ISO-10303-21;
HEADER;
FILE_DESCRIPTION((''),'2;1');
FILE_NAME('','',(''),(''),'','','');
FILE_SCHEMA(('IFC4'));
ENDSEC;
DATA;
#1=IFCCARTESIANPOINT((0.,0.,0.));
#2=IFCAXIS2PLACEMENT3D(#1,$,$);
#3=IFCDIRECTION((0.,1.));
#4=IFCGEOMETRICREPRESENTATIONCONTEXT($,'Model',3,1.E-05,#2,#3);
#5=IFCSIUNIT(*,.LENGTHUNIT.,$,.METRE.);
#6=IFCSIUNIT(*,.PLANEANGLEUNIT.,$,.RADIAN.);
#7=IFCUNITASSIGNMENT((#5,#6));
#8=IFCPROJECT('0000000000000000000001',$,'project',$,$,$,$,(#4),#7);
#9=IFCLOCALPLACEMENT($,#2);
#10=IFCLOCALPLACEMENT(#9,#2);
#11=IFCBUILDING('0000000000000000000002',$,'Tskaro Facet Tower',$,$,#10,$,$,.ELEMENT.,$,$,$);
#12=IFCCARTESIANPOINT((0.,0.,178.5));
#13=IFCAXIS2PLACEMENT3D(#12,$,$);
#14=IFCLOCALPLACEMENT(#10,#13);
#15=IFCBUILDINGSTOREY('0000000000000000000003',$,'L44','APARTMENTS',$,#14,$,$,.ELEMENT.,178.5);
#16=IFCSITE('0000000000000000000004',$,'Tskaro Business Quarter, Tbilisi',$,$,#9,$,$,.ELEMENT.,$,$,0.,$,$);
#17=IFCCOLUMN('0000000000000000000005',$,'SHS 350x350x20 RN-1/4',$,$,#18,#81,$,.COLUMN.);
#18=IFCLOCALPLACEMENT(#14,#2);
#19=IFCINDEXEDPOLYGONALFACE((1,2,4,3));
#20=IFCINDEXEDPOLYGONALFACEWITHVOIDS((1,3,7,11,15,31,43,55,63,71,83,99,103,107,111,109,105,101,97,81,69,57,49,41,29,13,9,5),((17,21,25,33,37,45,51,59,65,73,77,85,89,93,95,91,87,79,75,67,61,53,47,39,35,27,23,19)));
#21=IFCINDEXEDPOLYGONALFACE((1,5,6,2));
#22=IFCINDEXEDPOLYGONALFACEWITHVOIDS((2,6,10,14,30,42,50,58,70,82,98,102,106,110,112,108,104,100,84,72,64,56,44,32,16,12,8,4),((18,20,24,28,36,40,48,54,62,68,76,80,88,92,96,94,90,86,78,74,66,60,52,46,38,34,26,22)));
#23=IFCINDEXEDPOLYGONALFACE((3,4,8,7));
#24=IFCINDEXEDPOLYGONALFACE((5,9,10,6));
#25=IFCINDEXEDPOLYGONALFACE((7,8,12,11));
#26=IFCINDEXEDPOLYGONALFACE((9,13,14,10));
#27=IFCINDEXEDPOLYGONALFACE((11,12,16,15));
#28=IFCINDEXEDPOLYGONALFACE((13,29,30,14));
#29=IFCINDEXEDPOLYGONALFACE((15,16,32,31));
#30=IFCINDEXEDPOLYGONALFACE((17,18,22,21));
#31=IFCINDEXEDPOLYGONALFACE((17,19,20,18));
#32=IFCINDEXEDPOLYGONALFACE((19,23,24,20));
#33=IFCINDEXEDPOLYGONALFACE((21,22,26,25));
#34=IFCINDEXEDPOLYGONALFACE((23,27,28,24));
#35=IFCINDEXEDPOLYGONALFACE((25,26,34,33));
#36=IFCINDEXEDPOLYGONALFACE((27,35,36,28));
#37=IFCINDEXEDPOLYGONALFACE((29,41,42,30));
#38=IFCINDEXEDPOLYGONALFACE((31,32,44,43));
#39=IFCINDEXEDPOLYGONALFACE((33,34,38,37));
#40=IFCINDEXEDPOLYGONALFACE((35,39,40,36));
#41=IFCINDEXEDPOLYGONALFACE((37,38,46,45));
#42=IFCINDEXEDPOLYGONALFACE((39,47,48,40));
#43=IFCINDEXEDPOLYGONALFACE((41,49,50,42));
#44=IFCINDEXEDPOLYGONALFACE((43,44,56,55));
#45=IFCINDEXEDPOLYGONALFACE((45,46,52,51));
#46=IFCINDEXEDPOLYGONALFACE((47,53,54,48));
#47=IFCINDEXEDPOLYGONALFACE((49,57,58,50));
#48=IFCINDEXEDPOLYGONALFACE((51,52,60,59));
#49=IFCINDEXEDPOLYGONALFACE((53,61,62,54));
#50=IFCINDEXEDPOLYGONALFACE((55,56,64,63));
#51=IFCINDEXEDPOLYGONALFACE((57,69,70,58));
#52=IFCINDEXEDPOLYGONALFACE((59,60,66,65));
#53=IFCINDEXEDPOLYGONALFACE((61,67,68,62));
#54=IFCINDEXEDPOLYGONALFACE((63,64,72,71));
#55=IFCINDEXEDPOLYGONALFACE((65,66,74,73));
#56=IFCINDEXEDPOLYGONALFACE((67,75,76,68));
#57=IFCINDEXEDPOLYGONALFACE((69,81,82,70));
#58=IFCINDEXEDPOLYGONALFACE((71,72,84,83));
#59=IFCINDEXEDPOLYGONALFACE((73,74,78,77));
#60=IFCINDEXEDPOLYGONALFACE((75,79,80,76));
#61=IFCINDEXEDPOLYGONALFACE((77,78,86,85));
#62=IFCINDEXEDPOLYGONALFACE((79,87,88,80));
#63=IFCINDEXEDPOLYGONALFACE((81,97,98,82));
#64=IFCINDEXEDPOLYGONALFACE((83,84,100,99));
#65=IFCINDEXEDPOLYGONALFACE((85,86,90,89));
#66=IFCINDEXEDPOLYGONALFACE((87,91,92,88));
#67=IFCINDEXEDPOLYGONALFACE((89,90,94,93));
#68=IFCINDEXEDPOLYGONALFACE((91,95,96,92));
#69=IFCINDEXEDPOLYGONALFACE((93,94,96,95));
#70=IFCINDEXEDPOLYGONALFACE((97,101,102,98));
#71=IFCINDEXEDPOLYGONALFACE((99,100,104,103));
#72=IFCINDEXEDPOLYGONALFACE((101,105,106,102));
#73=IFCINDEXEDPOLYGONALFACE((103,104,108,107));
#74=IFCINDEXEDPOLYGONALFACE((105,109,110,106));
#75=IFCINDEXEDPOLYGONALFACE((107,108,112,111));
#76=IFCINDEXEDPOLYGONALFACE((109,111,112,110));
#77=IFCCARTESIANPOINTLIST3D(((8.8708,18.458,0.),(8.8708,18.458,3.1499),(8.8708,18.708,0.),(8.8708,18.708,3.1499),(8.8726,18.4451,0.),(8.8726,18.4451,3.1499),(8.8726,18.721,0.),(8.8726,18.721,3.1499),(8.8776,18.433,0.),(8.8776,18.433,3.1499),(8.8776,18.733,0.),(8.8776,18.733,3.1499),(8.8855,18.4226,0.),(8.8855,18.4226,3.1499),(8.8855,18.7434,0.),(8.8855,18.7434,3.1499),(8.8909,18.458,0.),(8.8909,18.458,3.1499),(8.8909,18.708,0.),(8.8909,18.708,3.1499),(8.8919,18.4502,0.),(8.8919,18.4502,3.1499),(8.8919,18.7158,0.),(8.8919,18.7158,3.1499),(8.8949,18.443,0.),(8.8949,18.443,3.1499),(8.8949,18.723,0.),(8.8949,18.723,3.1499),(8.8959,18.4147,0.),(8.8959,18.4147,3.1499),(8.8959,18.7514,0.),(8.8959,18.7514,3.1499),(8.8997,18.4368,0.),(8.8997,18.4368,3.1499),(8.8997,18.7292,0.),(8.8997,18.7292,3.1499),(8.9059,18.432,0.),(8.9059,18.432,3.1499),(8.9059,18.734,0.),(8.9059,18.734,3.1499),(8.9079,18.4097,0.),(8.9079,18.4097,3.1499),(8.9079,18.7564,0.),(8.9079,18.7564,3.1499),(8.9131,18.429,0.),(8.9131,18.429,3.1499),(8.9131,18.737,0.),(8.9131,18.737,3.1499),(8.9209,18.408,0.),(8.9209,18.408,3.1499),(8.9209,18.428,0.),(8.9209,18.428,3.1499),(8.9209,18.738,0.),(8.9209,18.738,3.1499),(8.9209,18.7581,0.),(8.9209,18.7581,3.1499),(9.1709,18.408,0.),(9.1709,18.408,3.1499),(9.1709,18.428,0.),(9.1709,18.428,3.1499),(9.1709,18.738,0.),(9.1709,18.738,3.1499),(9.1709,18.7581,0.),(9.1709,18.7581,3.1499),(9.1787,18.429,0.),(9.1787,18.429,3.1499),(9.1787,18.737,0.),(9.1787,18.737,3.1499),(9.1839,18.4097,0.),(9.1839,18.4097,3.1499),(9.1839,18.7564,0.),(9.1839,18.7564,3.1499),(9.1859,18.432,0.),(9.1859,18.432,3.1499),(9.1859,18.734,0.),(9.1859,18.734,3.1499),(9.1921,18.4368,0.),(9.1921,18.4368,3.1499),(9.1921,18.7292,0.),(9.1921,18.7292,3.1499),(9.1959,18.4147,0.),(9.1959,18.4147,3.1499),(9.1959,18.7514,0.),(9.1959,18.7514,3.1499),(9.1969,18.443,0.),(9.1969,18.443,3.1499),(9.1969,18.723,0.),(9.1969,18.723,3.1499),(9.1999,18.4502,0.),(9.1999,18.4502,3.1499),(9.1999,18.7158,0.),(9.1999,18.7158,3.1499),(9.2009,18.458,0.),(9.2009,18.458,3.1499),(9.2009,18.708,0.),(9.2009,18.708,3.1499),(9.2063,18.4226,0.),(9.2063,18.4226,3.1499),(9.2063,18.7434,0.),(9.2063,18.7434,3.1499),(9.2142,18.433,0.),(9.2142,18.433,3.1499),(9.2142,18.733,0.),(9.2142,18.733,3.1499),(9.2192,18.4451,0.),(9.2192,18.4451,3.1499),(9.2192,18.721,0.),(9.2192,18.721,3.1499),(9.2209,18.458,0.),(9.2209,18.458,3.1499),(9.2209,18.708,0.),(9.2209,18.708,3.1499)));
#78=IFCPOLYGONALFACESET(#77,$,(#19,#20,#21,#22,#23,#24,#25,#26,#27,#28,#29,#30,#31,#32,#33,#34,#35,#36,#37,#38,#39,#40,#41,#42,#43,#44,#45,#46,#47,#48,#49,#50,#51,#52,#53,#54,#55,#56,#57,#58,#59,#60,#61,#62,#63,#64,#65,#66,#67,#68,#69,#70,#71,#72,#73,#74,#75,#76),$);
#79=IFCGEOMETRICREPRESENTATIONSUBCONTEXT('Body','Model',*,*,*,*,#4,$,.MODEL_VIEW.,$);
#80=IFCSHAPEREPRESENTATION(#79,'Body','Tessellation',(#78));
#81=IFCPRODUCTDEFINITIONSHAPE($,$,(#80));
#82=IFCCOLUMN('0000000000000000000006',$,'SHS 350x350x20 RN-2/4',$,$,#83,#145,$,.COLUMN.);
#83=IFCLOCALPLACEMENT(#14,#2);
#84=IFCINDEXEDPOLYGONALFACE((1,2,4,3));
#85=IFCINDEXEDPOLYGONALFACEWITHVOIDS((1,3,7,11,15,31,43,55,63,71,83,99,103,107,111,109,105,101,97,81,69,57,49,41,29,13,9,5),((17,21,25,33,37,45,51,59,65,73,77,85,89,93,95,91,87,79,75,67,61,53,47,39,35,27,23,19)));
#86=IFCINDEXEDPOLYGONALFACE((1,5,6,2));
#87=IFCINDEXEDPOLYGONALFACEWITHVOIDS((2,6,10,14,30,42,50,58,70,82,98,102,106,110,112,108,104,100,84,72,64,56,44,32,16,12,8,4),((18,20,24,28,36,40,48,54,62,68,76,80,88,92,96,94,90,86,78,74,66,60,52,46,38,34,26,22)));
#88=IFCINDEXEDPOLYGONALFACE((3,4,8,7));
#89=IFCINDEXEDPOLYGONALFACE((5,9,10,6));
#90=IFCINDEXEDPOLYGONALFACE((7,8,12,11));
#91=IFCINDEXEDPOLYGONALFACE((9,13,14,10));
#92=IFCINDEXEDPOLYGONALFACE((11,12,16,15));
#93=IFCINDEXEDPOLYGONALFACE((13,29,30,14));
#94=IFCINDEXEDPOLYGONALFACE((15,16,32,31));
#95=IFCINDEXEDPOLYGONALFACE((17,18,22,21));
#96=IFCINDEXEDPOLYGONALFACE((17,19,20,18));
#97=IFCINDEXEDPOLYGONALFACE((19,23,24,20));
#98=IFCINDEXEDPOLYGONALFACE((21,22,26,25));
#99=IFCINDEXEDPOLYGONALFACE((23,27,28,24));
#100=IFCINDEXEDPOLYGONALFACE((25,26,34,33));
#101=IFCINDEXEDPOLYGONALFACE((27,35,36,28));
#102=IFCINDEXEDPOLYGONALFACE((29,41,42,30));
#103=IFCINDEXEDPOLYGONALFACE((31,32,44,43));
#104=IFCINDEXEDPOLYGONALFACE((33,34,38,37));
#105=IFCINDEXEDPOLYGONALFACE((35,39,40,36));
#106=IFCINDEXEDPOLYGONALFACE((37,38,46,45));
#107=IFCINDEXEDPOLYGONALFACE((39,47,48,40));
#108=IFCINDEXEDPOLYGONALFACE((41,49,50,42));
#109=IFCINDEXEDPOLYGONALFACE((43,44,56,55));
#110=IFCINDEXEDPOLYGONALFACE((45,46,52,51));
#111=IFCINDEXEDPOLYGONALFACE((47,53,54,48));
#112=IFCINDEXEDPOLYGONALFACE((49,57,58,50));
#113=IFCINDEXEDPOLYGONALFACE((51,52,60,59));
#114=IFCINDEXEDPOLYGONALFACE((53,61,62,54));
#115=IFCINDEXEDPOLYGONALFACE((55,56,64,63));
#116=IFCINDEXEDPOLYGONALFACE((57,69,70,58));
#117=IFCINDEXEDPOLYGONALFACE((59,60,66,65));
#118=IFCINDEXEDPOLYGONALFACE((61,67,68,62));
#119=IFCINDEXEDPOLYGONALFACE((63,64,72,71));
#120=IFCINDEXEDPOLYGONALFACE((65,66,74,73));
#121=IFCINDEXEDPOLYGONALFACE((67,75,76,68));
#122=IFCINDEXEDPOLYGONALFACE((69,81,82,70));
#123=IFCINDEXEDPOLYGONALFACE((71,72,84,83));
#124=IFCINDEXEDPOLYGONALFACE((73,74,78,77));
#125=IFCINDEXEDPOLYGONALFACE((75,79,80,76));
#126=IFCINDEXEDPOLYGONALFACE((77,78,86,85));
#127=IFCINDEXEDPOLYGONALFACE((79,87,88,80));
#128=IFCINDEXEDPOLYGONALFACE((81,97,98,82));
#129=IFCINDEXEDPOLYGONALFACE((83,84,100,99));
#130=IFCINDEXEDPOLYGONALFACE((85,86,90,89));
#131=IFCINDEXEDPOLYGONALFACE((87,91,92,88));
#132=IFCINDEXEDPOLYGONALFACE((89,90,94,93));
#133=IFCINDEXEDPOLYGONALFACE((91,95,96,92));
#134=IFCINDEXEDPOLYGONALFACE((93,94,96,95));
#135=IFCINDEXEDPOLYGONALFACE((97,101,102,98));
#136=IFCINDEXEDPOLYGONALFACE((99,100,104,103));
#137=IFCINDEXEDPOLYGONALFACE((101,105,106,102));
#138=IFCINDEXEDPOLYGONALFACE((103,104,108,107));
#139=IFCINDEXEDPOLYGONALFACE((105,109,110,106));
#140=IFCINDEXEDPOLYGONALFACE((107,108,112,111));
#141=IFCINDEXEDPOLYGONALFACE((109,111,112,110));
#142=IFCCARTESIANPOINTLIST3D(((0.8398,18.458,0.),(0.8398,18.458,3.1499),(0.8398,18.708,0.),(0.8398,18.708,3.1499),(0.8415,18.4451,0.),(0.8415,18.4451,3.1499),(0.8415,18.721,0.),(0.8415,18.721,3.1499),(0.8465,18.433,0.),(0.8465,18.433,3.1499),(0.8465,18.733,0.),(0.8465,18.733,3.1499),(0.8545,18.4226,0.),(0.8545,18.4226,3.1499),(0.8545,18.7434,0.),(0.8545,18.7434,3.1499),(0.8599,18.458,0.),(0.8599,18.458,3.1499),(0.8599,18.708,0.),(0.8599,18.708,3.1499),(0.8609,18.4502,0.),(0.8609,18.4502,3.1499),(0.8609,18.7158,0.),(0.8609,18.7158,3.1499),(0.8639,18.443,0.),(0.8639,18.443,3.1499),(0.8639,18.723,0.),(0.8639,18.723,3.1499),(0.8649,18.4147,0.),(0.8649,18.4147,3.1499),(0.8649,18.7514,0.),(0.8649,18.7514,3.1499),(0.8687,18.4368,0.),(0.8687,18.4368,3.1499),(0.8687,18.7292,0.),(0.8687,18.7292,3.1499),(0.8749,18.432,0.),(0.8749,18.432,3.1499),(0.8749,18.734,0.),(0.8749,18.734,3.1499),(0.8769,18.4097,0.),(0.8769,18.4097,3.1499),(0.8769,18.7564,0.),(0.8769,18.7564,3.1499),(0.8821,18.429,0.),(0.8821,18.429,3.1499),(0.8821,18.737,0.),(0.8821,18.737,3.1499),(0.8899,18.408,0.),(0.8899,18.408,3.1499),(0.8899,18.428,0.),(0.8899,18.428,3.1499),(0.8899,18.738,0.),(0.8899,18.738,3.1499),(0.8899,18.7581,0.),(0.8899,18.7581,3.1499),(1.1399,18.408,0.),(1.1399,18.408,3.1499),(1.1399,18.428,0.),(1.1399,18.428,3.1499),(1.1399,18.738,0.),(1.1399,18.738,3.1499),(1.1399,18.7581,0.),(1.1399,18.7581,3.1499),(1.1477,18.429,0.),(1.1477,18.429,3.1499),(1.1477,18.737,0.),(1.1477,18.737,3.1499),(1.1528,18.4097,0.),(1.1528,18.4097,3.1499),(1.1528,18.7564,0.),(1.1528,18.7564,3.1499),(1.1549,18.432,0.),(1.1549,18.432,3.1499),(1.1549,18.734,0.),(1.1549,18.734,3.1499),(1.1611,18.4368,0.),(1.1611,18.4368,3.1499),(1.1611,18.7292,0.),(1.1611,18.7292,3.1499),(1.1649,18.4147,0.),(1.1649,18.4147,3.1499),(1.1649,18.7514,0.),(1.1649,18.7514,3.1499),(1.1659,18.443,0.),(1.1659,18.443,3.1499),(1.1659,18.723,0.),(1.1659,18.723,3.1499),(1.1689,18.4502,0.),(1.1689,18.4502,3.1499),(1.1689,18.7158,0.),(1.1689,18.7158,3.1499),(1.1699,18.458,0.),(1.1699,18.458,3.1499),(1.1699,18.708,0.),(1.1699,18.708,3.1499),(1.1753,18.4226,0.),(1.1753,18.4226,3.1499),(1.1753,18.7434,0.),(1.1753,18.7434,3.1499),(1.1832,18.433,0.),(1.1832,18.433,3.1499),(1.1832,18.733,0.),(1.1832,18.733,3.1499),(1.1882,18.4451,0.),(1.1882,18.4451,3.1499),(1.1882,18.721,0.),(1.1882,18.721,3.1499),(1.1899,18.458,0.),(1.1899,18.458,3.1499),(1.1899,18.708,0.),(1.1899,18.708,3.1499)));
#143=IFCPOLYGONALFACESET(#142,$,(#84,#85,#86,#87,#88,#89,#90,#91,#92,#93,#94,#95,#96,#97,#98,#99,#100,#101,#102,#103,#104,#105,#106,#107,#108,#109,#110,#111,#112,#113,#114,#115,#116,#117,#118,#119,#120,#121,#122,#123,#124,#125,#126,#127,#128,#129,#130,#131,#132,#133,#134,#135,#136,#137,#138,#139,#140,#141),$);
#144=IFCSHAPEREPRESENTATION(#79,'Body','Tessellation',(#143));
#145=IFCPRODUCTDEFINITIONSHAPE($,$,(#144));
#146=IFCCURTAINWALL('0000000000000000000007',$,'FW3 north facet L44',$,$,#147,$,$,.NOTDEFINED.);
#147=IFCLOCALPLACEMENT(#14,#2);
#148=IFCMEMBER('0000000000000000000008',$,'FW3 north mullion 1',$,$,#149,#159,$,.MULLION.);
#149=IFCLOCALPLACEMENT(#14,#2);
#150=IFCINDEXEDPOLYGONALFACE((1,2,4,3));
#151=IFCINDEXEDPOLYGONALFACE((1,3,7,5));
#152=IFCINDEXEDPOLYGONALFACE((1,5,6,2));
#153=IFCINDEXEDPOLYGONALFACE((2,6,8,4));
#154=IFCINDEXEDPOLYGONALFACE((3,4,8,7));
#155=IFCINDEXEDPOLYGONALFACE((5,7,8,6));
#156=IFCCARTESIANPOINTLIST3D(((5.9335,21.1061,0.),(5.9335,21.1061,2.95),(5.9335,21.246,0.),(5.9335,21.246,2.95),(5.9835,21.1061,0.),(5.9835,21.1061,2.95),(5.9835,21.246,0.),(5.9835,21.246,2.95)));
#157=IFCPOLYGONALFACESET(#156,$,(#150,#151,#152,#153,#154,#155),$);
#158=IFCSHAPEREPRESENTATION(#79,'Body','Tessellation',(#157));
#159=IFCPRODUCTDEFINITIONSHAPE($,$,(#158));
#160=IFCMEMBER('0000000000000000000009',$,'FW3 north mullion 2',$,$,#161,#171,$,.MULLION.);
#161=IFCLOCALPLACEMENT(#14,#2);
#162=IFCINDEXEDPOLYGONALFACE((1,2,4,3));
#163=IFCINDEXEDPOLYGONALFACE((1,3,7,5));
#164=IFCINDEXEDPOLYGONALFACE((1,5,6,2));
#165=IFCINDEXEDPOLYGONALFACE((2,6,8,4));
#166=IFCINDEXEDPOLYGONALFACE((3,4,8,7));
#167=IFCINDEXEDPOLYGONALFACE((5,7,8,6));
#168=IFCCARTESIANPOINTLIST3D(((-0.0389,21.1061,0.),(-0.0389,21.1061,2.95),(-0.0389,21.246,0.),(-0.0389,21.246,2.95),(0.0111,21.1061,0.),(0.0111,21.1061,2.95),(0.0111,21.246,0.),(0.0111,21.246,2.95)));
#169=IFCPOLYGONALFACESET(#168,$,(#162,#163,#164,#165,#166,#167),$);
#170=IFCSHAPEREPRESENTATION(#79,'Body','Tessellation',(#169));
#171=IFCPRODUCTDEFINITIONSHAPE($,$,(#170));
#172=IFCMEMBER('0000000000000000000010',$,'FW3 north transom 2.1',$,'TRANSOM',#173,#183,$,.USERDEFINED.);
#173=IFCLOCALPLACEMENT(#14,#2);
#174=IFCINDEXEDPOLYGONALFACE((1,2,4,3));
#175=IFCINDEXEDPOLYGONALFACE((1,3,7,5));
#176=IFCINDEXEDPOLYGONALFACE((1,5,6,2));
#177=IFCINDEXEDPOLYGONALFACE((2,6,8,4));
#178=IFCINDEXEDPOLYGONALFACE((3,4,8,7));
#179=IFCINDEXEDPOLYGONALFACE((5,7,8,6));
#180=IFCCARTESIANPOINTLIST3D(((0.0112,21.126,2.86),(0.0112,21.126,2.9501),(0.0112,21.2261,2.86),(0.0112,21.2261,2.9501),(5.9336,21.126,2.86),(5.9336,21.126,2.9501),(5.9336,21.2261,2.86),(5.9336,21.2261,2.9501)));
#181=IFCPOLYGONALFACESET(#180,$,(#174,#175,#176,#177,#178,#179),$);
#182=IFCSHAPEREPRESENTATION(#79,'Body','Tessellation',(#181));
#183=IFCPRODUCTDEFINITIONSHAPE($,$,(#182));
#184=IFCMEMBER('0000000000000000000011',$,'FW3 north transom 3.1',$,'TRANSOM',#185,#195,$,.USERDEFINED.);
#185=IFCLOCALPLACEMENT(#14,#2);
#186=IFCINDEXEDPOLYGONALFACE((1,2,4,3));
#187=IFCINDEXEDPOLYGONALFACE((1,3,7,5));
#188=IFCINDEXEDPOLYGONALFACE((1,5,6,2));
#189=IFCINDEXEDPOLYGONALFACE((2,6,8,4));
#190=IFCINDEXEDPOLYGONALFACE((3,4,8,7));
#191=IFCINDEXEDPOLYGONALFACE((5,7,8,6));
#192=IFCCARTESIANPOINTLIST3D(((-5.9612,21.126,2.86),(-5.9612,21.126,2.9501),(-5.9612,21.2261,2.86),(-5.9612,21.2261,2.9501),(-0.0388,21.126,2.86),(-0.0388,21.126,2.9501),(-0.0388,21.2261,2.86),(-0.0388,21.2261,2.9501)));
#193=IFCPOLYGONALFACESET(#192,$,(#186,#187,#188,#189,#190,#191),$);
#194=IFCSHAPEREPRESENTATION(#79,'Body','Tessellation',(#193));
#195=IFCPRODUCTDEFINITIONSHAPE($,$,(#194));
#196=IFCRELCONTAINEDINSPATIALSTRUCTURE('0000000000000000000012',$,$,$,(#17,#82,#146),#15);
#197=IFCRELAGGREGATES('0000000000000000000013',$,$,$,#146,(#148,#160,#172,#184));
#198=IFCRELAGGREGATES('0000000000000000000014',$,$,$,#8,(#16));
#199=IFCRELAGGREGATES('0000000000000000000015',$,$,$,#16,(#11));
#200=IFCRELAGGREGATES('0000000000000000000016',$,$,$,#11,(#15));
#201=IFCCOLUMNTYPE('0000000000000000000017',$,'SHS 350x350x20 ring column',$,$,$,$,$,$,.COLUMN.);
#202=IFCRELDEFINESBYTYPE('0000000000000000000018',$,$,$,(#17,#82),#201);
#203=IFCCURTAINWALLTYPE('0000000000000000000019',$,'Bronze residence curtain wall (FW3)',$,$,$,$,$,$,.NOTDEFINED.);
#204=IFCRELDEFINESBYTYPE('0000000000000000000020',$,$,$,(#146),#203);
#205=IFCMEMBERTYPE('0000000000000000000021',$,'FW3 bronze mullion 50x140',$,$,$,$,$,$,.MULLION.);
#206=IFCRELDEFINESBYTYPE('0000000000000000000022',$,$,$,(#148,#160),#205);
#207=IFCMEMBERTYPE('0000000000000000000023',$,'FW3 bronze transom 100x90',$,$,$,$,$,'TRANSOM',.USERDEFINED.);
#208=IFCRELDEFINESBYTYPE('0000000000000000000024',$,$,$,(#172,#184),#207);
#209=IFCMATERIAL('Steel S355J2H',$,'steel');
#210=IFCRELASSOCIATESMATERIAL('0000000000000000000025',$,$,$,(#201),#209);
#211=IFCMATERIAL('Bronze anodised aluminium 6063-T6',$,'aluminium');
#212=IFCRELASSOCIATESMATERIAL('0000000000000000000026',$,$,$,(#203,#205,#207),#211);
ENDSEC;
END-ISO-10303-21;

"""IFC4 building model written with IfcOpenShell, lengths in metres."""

from ifc_helpers import new_model, si_unit, direction, frame, origin, origin_2d, place, context, subcontext, project, spatial, rectangle, hollow_rectangle, extrude, material, material_profile, profile_set, type_object, element, aggregate, save


model = new_model("IFC4")

# Units and contexts
model_context = context("Model", 3, precision=1e-05, world=origin(), true_north=direction((0.0, 1.0)))
body_context = subcontext(model_context, "Body", "Model", "MODEL_VIEW")
ifc_project = project(units=[si_unit("LENGTHUNIT", "METRE"), si_unit("PLANEANGLEUNIT", "RADIAN")], contexts=[model_context])

# Site, building, storey
site_placement = place(None, origin())
site = spatial("IfcSite", under=ifc_project, at=site_placement, Name="Tskaro Business Quarter, Tbilisi", CompositionType="ELEMENT", RefElevation=0.0)
building_placement = place(site_placement, origin())
building = spatial("IfcBuilding", under=site, at=building_placement, Name="Tskaro Facet Tower", CompositionType="ELEMENT")
storey_placement = place(building_placement, frame((0.0, 0.0, 178.5)))
storey = spatial("IfcBuildingStorey", under=building, at=storey_placement, Name="L44", Description="APARTMENTS", CompositionType="ELEMENT", Elevation=178.5)

# Columns
ifc_material_1 = material(Name="Steel S355J2H", Category="steel")
ifc_material_profile_1 = material_profile(ifc_material_1, hollow_rectangle(XDim=0.3501, YDim=0.3501, WallThickness=0.02, InnerFilletRadius=0.03, OuterFilletRadius=0.05, at=origin_2d()), Name="SHS 350x350x20")
ifc_profile_set_1 = profile_set([ifc_material_profile_1], Name="Steel S355J2H")
column_type = type_object("IfcColumnType", Name="SHS 350x350x20 ring column", PredefinedType="COLUMN", material=ifc_profile_set_1)
for number, where, z_axis, x_axis, name in (
    (1, (9.0459, 18.583, 0.0), (0.0, 0.0, 1.0), (1.0, 0.0, 0.0), "SHS 350x350x20 RN-1/4"),
    (2, (1.0149, 18.583, 0.0), (0.0, 0.0, 1.0), (1.0, 0.0, 0.0), "SHS 350x350x20 RN-2/4"),
):
    element("IfcColumn", number, at=place(storey_placement, frame(where, z_axis=z_axis, x_axis=x_axis)), inside=storey, type_object=column_type, Name=name, PredefinedType="COLUMN", context=body_context, shape_type="SweptSolid", body=[
        extrude(hollow_rectangle(XDim=0.3501, YDim=0.3501, WallThickness=0.02, InnerFilletRadius=0.03, OuterFilletRadius=0.05, at=origin_2d()), origin(), (0.0, 0.0, 1.0), 3.1499),
    ])

# Curtain wall, members
ifc_material_2 = material(Name="Bronze anodised aluminium 6063-T6", Category="aluminium")
curtain_wall_type = type_object("IfcCurtainWallType", Name="Bronze residence curtain wall (FW3)", PredefinedType="NOTDEFINED", material=ifc_material_2)
curtain_wall_placement = place(storey_placement, origin())
curtain_wall = element("IfcCurtainWall", 3, at=curtain_wall_placement, inside=storey, type_object=curtain_wall_type, Name="FW3 north facet L44", PredefinedType="NOTDEFINED")
ifc_material_profile_2 = material_profile(ifc_material_2, rectangle(XDim=0.05, YDim=0.1399, at=origin_2d()), Name="Mullion 50x140")
ifc_profile_set_2 = profile_set([ifc_material_profile_2], Name="Bronze anodised aluminium 6063-T6")
member_type_1 = type_object("IfcMemberType", Name="FW3 bronze mullion 50x140", PredefinedType="MULLION", material=ifc_profile_set_2)
member_1_placement = place(storey_placement, frame((5.9585, 21.176, 0.0), z_axis=(0.0, 0.0, 1.0), x_axis=(-1.0, 0.0, 0.0)))
member_1 = element("IfcMember", 4, at=member_1_placement, type_object=member_type_1, Name="FW3 north mullion 1", PredefinedType="MULLION", context=body_context, shape_type="SweptSolid", body=[
    extrude(rectangle(XDim=0.05, YDim=0.1399, at=origin_2d()), origin(), (0.0, 0.0, 1.0), 2.95),
])
member_2_placement = place(storey_placement, frame((-0.0139, 21.176, 0.0), z_axis=(0.0, 0.0, 1.0), x_axis=(-1.0, 0.0, 0.0)))
member_2 = element("IfcMember", 5, at=member_2_placement, type_object=member_type_1, Name="FW3 north mullion 2", PredefinedType="MULLION", context=body_context, shape_type="SweptSolid", body=[
    extrude(rectangle(XDim=0.05, YDim=0.1399, at=origin_2d()), origin(), (0.0, 0.0, 1.0), 2.95),
])
ifc_material_profile_3 = material_profile(ifc_material_2, rectangle(XDim=0.1001, YDim=0.0901, at=origin_2d()), Name="Transom 100x90")
ifc_profile_set_3 = profile_set([ifc_material_profile_3], Name="Bronze anodised aluminium 6063-T6")
member_type_2 = type_object("IfcMemberType", Name="FW3 bronze transom 100x90", ElementType="TRANSOM", PredefinedType="USERDEFINED", material=ifc_profile_set_3)
member_3_placement = place(storey_placement, frame((5.9336, 21.176, 2.905), z_axis=(-1.0, 0.0, 0.0), x_axis=(0.0, -1.0, 0.0)))
member_3 = element("IfcMember", 6, at=member_3_placement, type_object=member_type_2, Name="FW3 north transom 2.1", ObjectType="TRANSOM", PredefinedType="USERDEFINED", context=body_context, shape_type="SweptSolid", body=[
    extrude(rectangle(XDim=0.1001, YDim=0.0901, at=origin_2d()), origin(), (0.0, 0.0, 1.0), 5.9224),
])
member_4_placement = place(storey_placement, frame((-0.0388, 21.176, 2.905), z_axis=(-1.0, 0.0, 0.0), x_axis=(0.0, -1.0, 0.0)))
member_4 = element("IfcMember", 7, at=member_4_placement, type_object=member_type_2, Name="FW3 north transom 3.1", ObjectType="TRANSOM", PredefinedType="USERDEFINED", context=body_context, shape_type="SweptSolid", body=[
    extrude(rectangle(XDim=0.1001, YDim=0.0901, at=origin_2d()), origin(), (0.0, 0.0, 1.0), 5.9224),
])

aggregate(curtain_wall, [member_1, member_2, member_3, member_4])

save(model, "model.ifc")
